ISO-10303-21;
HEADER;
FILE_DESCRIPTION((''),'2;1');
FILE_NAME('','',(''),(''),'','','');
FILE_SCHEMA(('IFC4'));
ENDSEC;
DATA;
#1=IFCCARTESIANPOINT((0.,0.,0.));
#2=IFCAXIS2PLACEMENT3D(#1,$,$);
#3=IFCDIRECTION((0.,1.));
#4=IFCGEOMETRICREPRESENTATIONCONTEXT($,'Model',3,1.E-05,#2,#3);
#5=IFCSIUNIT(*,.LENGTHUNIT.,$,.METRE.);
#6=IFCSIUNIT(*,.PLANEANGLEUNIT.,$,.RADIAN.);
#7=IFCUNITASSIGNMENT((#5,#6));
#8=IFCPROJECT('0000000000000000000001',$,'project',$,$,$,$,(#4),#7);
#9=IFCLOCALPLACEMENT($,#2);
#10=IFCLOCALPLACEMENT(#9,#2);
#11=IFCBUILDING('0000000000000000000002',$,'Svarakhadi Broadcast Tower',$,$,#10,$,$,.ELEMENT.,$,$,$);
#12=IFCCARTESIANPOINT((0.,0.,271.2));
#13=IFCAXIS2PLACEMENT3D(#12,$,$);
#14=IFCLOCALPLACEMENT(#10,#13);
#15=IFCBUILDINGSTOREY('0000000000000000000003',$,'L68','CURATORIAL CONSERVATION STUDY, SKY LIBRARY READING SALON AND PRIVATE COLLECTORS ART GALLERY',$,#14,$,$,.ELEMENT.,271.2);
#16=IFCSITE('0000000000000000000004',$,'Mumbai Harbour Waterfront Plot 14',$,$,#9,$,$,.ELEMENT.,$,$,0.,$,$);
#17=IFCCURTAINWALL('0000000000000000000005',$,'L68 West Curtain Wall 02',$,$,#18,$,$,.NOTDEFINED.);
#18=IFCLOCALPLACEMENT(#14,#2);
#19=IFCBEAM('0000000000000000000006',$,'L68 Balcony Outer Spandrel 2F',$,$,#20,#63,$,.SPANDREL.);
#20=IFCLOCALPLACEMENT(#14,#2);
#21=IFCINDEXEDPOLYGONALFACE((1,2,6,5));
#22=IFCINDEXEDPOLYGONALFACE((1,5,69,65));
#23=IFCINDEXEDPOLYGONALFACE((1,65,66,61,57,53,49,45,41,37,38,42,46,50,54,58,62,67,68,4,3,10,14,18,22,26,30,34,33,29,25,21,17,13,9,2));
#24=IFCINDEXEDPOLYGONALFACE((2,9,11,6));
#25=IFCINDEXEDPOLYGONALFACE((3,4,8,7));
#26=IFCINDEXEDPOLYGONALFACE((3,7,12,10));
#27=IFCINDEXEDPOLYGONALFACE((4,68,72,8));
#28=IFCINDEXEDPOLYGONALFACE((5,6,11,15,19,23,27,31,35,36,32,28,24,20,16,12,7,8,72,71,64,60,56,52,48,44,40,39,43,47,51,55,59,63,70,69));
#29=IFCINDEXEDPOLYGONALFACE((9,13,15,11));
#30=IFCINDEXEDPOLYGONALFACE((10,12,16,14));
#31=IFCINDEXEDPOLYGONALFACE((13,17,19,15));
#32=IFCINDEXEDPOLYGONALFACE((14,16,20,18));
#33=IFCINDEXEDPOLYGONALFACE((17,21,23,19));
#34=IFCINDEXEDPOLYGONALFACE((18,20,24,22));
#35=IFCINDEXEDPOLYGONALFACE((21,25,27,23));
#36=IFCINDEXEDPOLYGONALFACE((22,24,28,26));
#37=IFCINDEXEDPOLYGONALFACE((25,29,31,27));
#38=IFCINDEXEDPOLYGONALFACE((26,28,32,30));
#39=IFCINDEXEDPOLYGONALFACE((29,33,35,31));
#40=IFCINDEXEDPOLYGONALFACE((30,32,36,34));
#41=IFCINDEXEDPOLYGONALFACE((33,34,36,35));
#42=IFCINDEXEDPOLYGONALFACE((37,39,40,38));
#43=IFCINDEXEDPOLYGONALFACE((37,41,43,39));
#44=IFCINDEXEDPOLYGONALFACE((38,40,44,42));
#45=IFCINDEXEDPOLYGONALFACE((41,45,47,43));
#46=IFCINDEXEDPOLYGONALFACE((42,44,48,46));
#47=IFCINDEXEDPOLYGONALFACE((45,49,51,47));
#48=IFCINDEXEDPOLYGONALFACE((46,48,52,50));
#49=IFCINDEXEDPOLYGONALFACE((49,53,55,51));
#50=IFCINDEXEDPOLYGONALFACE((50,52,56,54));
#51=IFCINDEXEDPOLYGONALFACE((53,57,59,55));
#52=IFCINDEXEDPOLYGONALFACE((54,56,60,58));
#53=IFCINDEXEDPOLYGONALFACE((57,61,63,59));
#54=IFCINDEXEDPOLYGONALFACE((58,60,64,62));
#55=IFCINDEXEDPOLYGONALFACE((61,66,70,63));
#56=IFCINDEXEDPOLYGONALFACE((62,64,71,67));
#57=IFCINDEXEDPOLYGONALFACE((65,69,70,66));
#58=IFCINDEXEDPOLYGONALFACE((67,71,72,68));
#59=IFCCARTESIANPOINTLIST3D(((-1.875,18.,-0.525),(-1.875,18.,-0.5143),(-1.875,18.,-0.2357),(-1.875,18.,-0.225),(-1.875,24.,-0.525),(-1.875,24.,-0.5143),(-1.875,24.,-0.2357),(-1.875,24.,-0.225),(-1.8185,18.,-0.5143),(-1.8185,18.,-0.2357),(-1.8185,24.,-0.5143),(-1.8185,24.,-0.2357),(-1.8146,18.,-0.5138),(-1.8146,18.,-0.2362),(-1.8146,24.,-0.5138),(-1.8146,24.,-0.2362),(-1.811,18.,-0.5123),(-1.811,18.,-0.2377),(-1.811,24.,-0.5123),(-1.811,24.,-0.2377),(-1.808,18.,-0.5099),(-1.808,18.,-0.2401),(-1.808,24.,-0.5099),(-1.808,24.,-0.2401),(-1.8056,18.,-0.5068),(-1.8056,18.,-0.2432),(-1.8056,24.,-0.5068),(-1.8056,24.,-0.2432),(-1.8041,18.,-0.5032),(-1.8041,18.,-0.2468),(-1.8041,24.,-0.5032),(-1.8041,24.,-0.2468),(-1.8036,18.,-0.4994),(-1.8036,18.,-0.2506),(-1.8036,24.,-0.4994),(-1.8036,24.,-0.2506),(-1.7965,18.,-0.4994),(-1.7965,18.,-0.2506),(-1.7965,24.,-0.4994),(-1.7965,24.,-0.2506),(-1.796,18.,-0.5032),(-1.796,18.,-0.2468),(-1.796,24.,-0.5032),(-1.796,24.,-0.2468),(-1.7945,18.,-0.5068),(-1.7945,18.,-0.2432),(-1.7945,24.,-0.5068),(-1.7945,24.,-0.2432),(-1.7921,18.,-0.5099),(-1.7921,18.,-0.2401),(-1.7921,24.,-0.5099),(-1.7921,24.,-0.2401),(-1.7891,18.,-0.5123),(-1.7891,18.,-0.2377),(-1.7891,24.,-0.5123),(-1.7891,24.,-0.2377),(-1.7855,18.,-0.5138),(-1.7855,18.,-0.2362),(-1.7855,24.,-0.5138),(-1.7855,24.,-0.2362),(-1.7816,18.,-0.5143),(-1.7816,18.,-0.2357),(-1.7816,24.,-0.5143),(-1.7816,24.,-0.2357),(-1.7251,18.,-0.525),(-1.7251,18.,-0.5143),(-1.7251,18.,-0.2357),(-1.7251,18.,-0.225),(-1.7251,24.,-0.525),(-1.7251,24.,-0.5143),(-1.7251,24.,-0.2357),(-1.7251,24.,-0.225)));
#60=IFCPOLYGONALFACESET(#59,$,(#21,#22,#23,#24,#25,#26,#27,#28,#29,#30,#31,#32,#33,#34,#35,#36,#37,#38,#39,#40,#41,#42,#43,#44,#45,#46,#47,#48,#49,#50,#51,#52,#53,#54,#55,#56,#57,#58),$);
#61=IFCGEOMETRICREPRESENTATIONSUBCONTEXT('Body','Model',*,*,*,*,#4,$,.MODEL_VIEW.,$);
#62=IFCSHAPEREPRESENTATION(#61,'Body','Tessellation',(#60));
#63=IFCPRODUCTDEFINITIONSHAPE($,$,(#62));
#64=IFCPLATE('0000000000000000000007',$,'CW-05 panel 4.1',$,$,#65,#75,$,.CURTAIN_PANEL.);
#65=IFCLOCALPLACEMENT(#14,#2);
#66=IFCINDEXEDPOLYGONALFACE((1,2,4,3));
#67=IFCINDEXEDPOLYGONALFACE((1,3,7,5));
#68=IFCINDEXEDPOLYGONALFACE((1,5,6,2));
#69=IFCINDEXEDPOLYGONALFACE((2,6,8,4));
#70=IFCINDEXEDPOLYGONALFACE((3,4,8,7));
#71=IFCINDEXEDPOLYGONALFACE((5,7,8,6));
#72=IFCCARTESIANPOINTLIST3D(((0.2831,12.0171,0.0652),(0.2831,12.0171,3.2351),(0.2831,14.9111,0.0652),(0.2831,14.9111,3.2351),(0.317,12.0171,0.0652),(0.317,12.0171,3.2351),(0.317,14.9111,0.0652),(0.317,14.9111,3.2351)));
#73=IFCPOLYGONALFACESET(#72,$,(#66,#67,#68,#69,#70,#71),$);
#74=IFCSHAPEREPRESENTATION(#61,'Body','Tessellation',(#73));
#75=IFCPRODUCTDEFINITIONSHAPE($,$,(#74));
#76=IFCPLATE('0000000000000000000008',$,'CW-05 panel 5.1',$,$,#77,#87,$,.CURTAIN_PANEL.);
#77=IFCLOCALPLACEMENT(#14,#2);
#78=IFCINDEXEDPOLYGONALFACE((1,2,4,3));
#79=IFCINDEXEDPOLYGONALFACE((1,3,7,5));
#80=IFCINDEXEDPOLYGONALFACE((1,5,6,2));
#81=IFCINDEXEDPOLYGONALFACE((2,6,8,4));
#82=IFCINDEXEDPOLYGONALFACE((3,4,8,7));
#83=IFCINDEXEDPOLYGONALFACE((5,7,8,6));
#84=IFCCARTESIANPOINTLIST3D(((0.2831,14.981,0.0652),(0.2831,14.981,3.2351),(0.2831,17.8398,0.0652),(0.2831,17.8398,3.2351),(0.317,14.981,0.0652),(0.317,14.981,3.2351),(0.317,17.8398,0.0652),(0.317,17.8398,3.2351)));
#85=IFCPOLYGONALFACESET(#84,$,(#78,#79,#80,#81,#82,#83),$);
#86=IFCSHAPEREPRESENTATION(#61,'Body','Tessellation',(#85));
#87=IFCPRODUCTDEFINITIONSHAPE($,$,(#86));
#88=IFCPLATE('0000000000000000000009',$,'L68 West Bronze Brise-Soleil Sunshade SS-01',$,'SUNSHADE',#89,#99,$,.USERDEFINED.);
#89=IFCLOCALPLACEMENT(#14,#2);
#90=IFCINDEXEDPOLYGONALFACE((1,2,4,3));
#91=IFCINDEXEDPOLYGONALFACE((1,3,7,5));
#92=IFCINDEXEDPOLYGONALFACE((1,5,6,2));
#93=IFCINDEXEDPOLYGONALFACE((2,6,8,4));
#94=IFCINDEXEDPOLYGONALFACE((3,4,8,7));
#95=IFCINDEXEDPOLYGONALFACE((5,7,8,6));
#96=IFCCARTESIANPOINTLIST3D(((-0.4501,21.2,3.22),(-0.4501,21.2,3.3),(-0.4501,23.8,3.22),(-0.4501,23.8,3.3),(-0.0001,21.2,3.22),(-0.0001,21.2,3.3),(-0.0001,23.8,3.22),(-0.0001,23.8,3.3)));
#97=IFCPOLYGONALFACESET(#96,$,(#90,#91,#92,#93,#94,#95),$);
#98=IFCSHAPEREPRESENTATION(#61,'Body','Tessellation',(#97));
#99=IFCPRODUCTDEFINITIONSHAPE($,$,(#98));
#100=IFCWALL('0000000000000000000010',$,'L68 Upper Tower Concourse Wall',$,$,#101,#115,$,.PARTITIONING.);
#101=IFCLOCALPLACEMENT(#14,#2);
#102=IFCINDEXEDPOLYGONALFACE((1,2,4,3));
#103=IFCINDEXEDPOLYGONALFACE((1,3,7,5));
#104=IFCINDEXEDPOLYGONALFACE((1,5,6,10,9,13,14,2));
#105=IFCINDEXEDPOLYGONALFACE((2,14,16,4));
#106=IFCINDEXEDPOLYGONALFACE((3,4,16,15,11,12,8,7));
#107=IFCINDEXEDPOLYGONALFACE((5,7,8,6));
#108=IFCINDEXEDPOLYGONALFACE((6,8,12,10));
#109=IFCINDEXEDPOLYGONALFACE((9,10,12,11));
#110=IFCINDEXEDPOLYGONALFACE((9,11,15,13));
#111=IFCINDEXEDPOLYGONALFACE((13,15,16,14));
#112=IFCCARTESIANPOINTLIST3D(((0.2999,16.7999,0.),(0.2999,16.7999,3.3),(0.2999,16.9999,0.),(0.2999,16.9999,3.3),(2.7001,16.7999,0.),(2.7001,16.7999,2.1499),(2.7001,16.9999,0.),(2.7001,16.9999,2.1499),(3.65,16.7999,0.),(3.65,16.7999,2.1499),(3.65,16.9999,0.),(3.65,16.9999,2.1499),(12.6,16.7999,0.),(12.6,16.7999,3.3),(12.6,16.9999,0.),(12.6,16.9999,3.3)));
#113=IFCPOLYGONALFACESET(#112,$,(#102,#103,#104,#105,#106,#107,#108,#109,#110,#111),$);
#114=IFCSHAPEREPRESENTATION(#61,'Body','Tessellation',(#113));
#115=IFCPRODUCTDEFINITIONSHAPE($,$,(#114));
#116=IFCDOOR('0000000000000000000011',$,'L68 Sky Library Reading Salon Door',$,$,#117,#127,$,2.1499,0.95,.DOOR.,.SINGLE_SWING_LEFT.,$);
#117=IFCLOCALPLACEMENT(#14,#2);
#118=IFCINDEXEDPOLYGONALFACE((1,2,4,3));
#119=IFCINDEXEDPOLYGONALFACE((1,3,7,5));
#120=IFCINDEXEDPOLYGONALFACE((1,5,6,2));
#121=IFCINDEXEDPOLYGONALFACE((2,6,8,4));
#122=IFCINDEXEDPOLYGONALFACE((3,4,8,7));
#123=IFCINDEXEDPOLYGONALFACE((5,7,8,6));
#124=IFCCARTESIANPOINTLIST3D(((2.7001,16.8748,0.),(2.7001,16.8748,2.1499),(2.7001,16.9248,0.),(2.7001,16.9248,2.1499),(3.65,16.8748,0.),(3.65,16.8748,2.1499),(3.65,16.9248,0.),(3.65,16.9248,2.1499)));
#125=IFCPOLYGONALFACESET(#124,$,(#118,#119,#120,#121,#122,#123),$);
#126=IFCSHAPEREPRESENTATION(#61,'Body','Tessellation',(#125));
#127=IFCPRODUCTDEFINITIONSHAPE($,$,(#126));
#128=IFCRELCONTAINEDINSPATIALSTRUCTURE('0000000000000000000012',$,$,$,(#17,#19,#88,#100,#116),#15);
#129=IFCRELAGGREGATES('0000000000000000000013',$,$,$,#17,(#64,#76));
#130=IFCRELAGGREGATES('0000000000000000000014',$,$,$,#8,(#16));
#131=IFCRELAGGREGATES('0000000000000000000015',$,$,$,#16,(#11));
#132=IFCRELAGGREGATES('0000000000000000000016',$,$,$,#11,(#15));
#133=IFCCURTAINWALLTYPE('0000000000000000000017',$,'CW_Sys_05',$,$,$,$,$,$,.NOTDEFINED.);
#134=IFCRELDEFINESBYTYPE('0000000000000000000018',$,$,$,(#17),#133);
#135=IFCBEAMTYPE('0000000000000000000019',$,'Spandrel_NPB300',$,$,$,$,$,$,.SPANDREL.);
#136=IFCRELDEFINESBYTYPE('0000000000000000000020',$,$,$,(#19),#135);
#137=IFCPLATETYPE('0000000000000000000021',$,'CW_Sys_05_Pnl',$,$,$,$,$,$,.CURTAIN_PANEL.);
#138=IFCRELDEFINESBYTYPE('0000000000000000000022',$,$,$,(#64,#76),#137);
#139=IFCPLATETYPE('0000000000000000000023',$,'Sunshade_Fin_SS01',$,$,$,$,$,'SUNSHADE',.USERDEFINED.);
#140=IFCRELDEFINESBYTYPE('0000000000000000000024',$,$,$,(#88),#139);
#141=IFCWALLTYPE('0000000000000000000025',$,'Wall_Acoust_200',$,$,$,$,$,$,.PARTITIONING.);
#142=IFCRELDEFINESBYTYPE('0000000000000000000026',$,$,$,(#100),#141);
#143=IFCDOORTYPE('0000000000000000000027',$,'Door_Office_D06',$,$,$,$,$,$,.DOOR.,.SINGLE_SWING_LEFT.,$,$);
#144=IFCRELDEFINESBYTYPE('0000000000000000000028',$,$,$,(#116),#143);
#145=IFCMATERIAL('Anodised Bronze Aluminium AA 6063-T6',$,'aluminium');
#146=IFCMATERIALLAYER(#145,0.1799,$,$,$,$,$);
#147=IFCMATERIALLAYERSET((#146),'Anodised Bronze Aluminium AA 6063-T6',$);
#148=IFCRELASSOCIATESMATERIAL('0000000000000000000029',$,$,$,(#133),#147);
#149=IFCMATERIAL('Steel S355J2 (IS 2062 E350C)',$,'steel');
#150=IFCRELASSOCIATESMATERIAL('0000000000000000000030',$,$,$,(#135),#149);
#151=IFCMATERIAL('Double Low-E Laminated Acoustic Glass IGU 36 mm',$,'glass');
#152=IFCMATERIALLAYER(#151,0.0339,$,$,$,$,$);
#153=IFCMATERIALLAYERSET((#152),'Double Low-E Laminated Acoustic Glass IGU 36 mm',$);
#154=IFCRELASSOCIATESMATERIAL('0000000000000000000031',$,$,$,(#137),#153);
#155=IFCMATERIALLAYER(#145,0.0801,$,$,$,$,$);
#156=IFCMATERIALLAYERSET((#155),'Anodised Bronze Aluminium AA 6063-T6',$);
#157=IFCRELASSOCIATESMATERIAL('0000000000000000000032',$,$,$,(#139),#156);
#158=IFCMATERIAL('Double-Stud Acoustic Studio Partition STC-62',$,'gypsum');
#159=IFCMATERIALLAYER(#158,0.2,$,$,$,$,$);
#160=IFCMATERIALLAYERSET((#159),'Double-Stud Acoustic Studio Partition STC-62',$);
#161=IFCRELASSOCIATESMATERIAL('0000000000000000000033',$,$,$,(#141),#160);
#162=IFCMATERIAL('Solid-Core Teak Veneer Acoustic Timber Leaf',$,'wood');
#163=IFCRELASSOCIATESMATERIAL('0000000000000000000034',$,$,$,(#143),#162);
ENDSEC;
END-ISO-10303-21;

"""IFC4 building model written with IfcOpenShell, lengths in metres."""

from ifc_helpers import new_model, si_unit, direction, frame, frame_2d, origin, origin_2d, place, context, subcontext, project, spatial, rectangle, i_section, extrude, material, layer, layer_set, material_profile, profile_set, type_object, element, fill, aggregate, save


model = new_model("IFC4")

# Units and contexts
model_context = context("Model", 3, precision=1e-05, world=origin(), true_north=direction((0.0, 1.0)))
body_context = subcontext(model_context, "Body", "Model", "MODEL_VIEW")
ifc_project = project(units=[si_unit("LENGTHUNIT", "METRE"), si_unit("PLANEANGLEUNIT", "RADIAN")], contexts=[model_context])

# Site, building, storey
site_placement = place(None, origin())
site = spatial("IfcSite", under=ifc_project, at=site_placement, Name="Mumbai Harbour Waterfront Plot 14", CompositionType="ELEMENT", RefElevation=0.0)
building_placement = place(site_placement, origin())
building = spatial("IfcBuilding", under=site, at=building_placement, Name="Svarakhadi Broadcast Tower", CompositionType="ELEMENT")
storey_placement = place(building_placement, frame((0.0, 0.0, 271.2)))
storey = spatial("IfcBuildingStorey", under=building, at=storey_placement, Name="L68", Description="CURATORIAL CONSERVATION STUDY, SKY LIBRARY READING SALON AND PRIVATE COLLECTORS ART GALLERY", CompositionType="ELEMENT", Elevation=271.2)

# Shared definitions
ifc_material_1 = material(Name="Steel S355J2 (IS 2062 E350C)", Category="steel")

# Curtain wall
ifc_material_2 = material(Name="Anodised Bronze Aluminium AA 6063-T6", Category="aluminium")
ifc_layer_1 = layer(ifc_material_2, 0.1799)
ifc_layer_set_1 = layer_set([ifc_layer_1], Name="Anodised Bronze Aluminium AA 6063-T6")
curtain_wall_type = type_object("IfcCurtainWallType", Name="CW_Sys_05", PredefinedType="NOTDEFINED", material=ifc_layer_set_1)
curtain_wall_placement = place(storey_placement, origin())
curtain_wall = element("IfcCurtainWall", 1, at=curtain_wall_placement, inside=storey, type_object=curtain_wall_type, Name="L68 West Curtain Wall 02", PredefinedType="NOTDEFINED")

# Beam
ifc_material_profile_1 = material_profile(ifc_material_1, i_section(OverallWidth=0.1499, OverallDepth=0.3, WebThickness=0.0071, FlangeThickness=0.0107, FilletRadius=0.0149, at=origin_2d()), Name="NPB 300x150x37")
ifc_profile_set_1 = profile_set([ifc_material_profile_1], Name="Steel S355J2 (IS 2062 E350C)")
beam_type_1 = type_object("IfcBeamType", Name="Spandrel_NPB300", PredefinedType="SPANDREL", material=ifc_profile_set_1)
beam_1_placement = place(storey_placement, frame((-1.8, 18.0, -0.375), z_axis=(0.0, 1.0, 0.0), x_axis=(-1.0, 0.0, 0.0)))
element("IfcBeam", 2, at=beam_1_placement, inside=storey, type_object=beam_type_1, Name="L68 Balcony Outer Spandrel 2F", PredefinedType="SPANDREL", context=body_context, shape_type="SweptSolid", body=[
    extrude(i_section(OverallWidth=0.1499, OverallDepth=0.3, WebThickness=0.0071, FlangeThickness=0.0107, FilletRadius=0.0149, at=origin_2d()), origin(), (0.0, 0.0, 1.0), 6.0),
])

# Plates
ifc_material_3 = material(Name="Double Low-E Laminated Acoustic Glass IGU 36 mm", Category="glass")
ifc_layer_2 = layer(ifc_material_3, 0.0339)
ifc_layer_set_2 = layer_set([ifc_layer_2], Name="Double Low-E Laminated Acoustic Glass IGU 36 mm")
plate_type_1 = type_object("IfcPlateType", Name="CW_Sys_05_Pnl", PredefinedType="CURTAIN_PANEL", material=ifc_layer_set_2)
plate_1_placement = place(storey_placement, frame((0.3, 13.4641, 0.0652), z_axis=(0.0, 0.0, 1.0), x_axis=(0.0, 1.0, 0.0)))
plate_1 = element("IfcPlate", 3, at=plate_1_placement, type_object=plate_type_1, Name="CW-05 panel 4.1", PredefinedType="CURTAIN_PANEL", context=body_context, shape_type="SweptSolid", body=[
    extrude(rectangle(XDim=2.894, YDim=0.0339, at=origin_2d()), origin(), (0.0, 0.0, 1.0), 3.1699),
])
plate_2_placement = place(storey_placement, frame((0.3, 16.4104, 0.0652), z_axis=(0.0, 0.0, 1.0), x_axis=(0.0, 1.0, 0.0)))
plate_2 = element("IfcPlate", 4, at=plate_2_placement, type_object=plate_type_1, Name="CW-05 panel 5.1", PredefinedType="CURTAIN_PANEL", context=body_context, shape_type="SweptSolid", body=[
    extrude(rectangle(XDim=2.8589, YDim=0.0339, at=origin_2d()), origin(), (0.0, 0.0, 1.0), 3.1699),
])
aggregate(curtain_wall, [plate_1, plate_2])
ifc_layer_3 = layer(ifc_material_2, 0.0801)
ifc_layer_set_3 = layer_set([ifc_layer_3], Name="Anodised Bronze Aluminium AA 6063-T6")
plate_type_2 = type_object("IfcPlateType", Name="Sunshade_Fin_SS01", ElementType="SUNSHADE", PredefinedType="USERDEFINED", material=ifc_layer_set_3)
plate_3_placement = place(storey_placement, frame((-0.2251, 22.5, 3.22), z_axis=(0.0, 0.0, 1.0), x_axis=(0.0, 1.0, 0.0)))
element("IfcPlate", 5, at=plate_3_placement, inside=storey, type_object=plate_type_2, Name="L68 West Bronze Brise-Soleil Sunshade SS-01", ObjectType="SUNSHADE", PredefinedType="USERDEFINED", context=body_context, shape_type="SweptSolid", body=[
    extrude(rectangle(XDim=2.6001, YDim=0.45, at=origin_2d()), origin(), (0.0, 0.0, 1.0), 0.0801),
])

# Wall, opening, door
ifc_material_4 = material(Name="Double-Stud Acoustic Studio Partition STC-62", Category="gypsum")
ifc_layer_4 = layer(ifc_material_4, 0.2)
ifc_layer_set_4 = layer_set([ifc_layer_4], Name="Double-Stud Acoustic Studio Partition STC-62")
wall_type_1 = type_object("IfcWallType", Name="Wall_Acoust_200", PredefinedType="PARTITIONING", material=ifc_layer_set_4)
wall_1_placement = place(storey_placement, frame((0.3, 16.8999, 0.0), z_axis=(0.0, 0.0, 1.0), x_axis=(1.0, 0.0, 0.0)))
wall_1 = element("IfcWall", 6, at=wall_1_placement, inside=storey, type_object=wall_type_1, Name="L68 Upper Tower Concourse Wall", PredefinedType="PARTITIONING", context=body_context, shape_type="SweptSolid", body=[
    extrude(rectangle(XDim=12.3, YDim=0.2, at=frame_2d((6.1499, 0.0))), origin(), (0.0, 0.0, 1.0), 3.3),
])
opening_1_placement = place(wall_1_placement, frame((2.3999, 0.0, 0.0)))
opening_1 = element("IfcOpeningElement", 7, at=opening_1_placement, cuts=wall_1, PredefinedType="OPENING", context=body_context, shape_type="SweptSolid", body=[
    extrude(rectangle(XDim=0.95, YDim=2.1499, at=frame_2d((0.4751, 1.075))), frame((0.0, 0.1099, 0.0), z_axis=(0.0, -1.0, 0.0), x_axis=(1.0, 0.0, 0.0)), (0.0, 0.0, 1.0), 0.22),
])
ifc_material_5 = material(Name="Solid-Core Teak Veneer Acoustic Timber Leaf", Category="wood")
door_type_1 = type_object("IfcDoorType", Name="Door_Office_D06", OperationType="SINGLE_SWING_LEFT", PredefinedType="DOOR", material=ifc_material_5)
door_1_placement = place(opening_1_placement, origin())
door_1 = element("IfcDoor", 8, at=door_1_placement, inside=storey, type_object=door_type_1, Name="L68 Sky Library Reading Salon Door", OperationType="SINGLE_SWING_LEFT", OverallHeight=2.1499, OverallWidth=0.95, PredefinedType="DOOR", context=body_context, shape_type="SweptSolid", body=[
    extrude(rectangle(XDim=0.95, YDim=2.1499, at=frame_2d((0.4751, 1.075))), frame((0.0, 0.0249, 0.0), z_axis=(0.0, -1.0, 0.0), x_axis=(1.0, 0.0, 0.0)), (0.0, 0.0, 1.0), 0.05),
])
fill(opening_1, door_1)

save(model, "model.ifc")
